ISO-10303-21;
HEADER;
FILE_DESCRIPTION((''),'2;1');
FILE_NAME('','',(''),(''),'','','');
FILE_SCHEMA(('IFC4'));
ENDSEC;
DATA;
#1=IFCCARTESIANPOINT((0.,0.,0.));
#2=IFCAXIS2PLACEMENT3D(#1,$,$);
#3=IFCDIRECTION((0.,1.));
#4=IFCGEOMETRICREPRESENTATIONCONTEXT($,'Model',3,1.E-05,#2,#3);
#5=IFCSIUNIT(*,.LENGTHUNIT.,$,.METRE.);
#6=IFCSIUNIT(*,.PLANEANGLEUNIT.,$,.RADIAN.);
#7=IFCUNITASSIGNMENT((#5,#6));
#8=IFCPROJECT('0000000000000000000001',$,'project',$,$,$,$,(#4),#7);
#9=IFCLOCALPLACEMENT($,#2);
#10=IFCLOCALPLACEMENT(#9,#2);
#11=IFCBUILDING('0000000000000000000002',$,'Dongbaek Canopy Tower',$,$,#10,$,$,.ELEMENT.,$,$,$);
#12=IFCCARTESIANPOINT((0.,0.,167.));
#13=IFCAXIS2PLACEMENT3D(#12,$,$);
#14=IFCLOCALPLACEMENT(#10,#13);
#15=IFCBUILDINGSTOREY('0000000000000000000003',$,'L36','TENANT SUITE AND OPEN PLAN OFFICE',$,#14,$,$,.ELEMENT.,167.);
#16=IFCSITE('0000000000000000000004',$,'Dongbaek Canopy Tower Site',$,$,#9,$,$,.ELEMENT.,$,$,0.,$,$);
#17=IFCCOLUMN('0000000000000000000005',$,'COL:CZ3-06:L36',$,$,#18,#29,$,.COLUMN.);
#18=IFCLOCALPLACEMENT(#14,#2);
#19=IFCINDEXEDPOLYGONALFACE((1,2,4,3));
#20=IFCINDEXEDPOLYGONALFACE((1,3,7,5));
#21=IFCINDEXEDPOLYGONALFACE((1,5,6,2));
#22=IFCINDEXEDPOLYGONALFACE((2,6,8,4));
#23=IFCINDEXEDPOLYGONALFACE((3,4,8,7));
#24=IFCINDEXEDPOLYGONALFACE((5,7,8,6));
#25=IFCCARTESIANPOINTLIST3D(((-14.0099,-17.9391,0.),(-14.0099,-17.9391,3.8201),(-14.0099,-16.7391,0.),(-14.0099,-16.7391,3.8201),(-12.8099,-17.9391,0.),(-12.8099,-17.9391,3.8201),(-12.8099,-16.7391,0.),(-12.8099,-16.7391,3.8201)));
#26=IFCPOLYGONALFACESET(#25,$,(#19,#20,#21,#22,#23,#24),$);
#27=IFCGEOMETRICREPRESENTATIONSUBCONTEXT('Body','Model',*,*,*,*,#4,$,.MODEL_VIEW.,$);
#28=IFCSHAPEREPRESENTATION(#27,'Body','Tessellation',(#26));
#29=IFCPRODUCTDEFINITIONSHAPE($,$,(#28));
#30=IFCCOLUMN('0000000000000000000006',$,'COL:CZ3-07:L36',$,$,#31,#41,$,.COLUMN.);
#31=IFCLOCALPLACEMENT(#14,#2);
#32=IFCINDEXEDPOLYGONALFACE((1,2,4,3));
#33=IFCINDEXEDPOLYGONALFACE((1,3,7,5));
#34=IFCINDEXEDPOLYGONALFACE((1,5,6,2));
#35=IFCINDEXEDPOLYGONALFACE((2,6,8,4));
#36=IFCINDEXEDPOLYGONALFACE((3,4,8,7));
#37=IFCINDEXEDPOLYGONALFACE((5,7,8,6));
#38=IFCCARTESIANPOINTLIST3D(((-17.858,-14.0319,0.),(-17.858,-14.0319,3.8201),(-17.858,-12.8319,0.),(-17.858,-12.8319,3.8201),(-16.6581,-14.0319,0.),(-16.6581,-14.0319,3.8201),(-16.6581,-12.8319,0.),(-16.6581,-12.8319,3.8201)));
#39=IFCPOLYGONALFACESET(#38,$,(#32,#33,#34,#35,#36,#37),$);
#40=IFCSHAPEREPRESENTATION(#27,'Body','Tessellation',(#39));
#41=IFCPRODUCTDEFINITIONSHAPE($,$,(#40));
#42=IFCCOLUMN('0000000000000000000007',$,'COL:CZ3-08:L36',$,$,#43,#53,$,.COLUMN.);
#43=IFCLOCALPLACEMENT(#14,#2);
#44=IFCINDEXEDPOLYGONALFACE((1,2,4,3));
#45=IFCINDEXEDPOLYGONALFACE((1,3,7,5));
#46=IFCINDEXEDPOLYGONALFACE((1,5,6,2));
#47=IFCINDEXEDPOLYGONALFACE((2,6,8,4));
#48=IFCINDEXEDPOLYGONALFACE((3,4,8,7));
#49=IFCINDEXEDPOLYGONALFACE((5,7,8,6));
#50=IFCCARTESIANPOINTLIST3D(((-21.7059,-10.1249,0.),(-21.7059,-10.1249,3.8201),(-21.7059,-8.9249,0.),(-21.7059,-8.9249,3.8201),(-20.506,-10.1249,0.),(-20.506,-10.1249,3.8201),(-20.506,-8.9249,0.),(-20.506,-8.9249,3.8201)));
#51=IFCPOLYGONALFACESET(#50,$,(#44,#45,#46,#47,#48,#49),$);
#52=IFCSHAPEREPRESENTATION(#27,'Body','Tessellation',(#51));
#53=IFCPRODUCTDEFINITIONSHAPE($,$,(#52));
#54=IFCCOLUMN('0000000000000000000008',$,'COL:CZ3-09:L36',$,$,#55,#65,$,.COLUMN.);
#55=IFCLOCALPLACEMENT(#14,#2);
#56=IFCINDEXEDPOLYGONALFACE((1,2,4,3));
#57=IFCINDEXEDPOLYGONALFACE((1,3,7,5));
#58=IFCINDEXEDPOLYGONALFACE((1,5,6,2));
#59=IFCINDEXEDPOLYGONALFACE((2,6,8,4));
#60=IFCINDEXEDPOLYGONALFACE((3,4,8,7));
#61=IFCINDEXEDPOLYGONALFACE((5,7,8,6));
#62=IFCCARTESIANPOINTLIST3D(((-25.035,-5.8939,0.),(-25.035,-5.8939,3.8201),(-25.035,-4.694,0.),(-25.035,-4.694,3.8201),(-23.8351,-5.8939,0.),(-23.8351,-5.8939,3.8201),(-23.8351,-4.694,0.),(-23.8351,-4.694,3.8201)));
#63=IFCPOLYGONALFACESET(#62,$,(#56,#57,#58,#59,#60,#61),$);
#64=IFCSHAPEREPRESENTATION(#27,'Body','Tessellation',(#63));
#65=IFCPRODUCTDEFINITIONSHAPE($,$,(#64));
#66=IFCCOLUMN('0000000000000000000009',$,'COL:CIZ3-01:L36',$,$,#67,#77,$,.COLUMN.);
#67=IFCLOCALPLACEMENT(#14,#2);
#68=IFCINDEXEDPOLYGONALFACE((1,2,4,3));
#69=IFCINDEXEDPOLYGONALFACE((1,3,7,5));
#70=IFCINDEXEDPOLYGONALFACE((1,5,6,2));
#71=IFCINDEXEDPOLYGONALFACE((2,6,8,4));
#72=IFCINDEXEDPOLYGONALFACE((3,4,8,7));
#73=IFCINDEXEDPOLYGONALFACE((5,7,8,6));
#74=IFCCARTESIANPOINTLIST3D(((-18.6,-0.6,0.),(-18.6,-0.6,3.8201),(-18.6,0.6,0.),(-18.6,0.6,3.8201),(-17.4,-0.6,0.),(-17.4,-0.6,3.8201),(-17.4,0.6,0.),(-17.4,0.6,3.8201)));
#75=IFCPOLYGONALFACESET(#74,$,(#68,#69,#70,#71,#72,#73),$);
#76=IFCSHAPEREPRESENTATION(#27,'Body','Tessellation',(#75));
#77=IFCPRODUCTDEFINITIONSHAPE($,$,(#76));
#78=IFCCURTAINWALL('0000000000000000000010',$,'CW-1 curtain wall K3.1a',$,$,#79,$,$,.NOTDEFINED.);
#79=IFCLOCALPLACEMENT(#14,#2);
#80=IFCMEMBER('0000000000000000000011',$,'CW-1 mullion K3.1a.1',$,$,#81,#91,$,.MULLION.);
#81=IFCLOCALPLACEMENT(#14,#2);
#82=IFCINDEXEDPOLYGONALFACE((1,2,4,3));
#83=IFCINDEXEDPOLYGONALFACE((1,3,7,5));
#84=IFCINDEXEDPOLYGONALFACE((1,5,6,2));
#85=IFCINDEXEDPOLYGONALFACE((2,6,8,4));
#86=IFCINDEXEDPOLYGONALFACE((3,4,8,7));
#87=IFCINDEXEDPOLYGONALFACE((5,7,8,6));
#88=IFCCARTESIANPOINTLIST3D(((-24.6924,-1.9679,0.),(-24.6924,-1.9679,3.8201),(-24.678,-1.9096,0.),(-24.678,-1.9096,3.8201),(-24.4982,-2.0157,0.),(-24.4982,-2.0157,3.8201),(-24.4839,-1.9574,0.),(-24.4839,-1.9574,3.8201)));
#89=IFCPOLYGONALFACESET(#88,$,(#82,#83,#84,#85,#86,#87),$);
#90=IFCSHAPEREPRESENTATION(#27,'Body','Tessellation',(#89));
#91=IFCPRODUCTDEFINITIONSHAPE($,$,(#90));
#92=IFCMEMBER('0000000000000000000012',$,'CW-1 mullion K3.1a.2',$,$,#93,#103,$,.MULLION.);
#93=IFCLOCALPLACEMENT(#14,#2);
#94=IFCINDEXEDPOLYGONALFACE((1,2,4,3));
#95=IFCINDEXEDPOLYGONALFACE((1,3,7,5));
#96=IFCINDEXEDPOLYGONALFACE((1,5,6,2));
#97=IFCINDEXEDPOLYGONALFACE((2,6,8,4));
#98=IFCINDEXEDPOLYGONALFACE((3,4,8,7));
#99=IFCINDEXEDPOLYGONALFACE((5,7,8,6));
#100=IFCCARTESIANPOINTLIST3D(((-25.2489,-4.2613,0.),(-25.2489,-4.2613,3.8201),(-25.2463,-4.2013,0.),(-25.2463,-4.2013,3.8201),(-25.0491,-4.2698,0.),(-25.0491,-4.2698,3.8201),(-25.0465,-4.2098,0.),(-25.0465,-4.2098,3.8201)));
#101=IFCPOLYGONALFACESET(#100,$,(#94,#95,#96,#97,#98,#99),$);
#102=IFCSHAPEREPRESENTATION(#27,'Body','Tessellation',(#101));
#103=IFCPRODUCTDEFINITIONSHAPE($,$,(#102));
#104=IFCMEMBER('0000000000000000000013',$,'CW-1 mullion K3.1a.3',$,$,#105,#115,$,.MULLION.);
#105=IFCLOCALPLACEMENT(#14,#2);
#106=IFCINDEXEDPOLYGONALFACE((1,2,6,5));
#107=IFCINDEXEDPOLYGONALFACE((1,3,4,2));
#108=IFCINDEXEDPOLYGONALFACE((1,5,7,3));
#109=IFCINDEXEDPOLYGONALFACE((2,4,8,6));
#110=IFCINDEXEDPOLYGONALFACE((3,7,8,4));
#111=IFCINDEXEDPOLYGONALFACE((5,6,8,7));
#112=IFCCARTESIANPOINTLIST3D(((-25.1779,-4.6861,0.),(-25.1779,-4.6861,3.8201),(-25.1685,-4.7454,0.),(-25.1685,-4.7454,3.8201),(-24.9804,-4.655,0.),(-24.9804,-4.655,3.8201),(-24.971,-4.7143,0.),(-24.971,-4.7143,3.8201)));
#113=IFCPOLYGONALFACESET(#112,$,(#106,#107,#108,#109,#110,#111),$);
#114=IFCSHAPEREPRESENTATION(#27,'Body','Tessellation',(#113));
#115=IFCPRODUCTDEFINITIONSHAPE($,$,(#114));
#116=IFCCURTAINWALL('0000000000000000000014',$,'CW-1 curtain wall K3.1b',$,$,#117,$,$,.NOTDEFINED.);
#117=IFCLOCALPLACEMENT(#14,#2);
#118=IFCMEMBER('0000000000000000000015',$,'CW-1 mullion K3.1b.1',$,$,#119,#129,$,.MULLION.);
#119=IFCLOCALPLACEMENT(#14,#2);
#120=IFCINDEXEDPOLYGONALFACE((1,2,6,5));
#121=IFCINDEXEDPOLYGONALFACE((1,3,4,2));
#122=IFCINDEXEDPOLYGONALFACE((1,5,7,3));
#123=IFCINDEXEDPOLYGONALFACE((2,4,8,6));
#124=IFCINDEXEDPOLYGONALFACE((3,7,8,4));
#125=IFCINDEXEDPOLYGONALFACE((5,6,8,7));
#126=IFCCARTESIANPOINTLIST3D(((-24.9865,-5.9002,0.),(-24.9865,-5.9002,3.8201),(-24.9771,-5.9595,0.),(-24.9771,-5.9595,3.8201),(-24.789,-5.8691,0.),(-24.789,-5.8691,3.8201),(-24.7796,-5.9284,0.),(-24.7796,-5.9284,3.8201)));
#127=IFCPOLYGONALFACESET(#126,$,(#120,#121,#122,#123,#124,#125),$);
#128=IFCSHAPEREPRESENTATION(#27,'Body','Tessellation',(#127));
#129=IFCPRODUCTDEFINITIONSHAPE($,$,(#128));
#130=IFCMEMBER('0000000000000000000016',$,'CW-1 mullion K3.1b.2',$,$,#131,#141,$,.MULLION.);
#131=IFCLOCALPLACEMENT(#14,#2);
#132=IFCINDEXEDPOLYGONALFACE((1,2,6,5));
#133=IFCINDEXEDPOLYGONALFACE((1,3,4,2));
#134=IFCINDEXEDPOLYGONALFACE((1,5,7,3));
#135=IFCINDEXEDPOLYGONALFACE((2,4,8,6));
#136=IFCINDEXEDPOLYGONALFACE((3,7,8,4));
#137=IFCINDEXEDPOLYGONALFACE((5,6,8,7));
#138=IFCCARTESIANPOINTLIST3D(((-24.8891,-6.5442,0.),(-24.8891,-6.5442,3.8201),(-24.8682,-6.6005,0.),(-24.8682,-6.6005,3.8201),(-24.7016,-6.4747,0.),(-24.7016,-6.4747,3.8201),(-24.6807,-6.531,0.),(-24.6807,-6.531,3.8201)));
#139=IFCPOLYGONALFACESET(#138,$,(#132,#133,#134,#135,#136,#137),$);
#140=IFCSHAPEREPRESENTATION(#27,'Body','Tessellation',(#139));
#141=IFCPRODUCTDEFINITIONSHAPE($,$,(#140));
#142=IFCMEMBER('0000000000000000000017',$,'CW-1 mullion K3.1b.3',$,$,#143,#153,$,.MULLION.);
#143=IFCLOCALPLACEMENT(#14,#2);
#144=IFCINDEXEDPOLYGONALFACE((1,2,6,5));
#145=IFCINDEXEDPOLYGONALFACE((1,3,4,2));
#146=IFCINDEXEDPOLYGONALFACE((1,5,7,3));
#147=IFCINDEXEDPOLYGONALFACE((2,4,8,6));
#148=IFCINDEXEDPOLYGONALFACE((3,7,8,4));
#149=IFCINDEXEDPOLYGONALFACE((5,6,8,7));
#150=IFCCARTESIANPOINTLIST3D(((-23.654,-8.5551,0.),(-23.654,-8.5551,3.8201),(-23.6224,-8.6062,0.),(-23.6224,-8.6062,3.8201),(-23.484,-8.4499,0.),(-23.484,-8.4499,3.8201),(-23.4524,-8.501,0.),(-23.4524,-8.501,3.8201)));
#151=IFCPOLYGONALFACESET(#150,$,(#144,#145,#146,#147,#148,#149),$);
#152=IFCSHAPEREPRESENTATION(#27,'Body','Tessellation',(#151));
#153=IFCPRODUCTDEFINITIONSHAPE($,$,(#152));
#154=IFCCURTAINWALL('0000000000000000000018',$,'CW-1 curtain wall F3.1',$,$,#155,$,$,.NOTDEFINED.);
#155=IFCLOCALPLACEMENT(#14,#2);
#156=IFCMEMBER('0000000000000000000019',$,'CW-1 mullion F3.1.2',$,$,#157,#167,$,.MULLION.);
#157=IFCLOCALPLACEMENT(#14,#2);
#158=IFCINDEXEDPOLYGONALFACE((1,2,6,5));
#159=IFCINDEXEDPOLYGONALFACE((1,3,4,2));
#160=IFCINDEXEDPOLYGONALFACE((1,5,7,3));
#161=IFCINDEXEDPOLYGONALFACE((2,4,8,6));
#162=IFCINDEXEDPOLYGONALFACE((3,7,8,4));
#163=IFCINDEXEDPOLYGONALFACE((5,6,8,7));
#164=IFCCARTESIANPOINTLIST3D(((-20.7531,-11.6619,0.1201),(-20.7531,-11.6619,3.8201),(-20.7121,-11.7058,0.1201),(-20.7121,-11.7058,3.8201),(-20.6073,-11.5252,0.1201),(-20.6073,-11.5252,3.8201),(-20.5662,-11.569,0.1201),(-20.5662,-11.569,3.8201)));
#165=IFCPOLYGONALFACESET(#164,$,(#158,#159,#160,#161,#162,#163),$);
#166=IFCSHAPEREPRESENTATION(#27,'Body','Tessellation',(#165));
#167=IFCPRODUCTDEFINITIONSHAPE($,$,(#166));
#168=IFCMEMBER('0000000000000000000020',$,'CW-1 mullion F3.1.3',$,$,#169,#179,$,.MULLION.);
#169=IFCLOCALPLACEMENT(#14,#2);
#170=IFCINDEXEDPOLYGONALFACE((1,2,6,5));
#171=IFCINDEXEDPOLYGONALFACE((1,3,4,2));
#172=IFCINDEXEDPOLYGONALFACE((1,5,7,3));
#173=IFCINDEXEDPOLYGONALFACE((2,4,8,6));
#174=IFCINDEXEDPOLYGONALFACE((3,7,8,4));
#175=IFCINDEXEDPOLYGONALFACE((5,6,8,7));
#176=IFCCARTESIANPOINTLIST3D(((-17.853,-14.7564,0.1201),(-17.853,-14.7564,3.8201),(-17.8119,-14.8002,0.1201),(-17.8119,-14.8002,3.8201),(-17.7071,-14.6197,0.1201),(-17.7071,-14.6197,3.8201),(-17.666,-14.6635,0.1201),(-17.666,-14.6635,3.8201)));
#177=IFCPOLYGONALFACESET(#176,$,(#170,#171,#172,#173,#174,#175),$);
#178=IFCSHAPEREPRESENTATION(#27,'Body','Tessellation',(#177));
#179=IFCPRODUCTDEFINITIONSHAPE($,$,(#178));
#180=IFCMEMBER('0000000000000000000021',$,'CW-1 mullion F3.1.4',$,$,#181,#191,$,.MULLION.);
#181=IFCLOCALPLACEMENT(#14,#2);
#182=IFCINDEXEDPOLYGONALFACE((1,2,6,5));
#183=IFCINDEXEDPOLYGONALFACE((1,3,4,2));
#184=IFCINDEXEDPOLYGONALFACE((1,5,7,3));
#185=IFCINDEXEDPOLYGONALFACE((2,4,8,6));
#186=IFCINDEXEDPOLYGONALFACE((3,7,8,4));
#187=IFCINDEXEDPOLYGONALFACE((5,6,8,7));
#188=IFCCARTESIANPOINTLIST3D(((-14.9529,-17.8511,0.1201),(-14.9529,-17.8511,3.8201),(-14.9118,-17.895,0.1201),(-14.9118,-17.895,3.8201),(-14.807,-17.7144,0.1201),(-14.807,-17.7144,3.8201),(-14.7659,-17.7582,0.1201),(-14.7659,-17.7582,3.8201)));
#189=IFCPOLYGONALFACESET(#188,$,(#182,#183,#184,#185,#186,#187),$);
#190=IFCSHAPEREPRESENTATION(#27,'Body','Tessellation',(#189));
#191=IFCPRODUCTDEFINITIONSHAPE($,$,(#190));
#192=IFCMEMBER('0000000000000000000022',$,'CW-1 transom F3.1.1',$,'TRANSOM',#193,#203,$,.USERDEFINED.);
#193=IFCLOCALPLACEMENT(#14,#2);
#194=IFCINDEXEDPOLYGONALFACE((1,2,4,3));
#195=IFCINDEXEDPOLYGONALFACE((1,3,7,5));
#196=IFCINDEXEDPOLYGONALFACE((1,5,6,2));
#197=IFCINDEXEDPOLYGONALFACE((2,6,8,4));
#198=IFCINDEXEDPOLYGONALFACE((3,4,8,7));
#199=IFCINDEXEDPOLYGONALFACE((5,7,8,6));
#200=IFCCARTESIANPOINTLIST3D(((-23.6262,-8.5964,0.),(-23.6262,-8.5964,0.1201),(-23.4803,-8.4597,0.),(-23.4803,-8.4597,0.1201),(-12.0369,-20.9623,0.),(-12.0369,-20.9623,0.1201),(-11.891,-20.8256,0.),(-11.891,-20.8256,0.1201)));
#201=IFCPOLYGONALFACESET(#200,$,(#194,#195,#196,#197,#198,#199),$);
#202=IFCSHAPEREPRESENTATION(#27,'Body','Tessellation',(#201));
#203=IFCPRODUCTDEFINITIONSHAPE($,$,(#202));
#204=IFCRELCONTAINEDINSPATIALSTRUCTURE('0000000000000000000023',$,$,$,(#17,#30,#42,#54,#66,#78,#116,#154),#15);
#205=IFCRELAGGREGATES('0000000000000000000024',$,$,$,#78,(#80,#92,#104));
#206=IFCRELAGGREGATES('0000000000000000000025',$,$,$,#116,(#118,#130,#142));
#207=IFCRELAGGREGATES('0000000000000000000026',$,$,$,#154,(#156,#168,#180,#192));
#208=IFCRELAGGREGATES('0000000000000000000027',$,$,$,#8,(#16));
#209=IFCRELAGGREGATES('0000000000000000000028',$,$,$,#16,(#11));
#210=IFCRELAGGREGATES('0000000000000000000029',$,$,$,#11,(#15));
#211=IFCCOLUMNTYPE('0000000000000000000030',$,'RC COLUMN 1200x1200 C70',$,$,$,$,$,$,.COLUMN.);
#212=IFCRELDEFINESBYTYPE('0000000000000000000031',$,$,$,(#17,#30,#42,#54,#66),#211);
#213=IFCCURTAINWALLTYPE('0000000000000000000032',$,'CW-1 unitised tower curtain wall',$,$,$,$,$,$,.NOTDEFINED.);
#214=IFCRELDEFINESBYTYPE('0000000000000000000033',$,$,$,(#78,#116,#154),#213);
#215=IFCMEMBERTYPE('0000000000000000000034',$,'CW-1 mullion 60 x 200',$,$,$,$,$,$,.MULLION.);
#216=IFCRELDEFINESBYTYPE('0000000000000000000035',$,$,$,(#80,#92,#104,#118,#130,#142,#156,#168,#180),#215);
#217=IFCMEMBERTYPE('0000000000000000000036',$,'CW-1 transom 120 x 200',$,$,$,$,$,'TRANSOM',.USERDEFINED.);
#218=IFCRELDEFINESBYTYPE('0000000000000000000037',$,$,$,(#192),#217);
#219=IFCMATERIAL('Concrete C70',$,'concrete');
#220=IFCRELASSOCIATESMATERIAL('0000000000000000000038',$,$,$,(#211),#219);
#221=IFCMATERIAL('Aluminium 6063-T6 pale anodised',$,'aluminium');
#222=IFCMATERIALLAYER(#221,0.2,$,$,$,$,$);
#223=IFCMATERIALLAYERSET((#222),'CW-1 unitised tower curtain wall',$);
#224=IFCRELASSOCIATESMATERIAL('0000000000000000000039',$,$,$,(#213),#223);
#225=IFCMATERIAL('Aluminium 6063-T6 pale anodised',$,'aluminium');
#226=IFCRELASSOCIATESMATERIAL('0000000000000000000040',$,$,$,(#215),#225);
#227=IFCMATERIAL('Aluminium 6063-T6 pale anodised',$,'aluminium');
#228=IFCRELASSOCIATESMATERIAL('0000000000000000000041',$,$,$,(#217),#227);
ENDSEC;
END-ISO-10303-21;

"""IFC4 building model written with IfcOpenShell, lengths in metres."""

from ifc_helpers import new_model, si_unit, direction, frame, origin, origin_2d, place, context, subcontext, project, spatial, rectangle, extrude, material, layer, layer_set, material_profile, profile_set, type_object, element, aggregate, save


model = new_model("IFC4")

# Units and contexts
model_context = context("Model", 3, precision=1e-05, world=origin(), true_north=direction((0.0, 1.0)))
body_context = subcontext(model_context, "Body", "Model", "MODEL_VIEW")
ifc_project = project(units=[si_unit("LENGTHUNIT", "METRE"), si_unit("PLANEANGLEUNIT", "RADIAN")], contexts=[model_context])

# Site, building, storey
site_placement = place(None, origin())
site = spatial("IfcSite", under=ifc_project, at=site_placement, Name="Dongbaek Canopy Tower Site", CompositionType="ELEMENT", RefElevation=0.0)
building_placement = place(site_placement, origin())
building = spatial("IfcBuilding", under=site, at=building_placement, Name="Dongbaek Canopy Tower", CompositionType="ELEMENT")
storey_placement = place(building_placement, frame((0.0, 0.0, 167.0)))
storey = spatial("IfcBuildingStorey", under=building, at=storey_placement, Name="L36", Description="TENANT SUITE AND OPEN PLAN OFFICE", CompositionType="ELEMENT", Elevation=167.0)

# Columns
ifc_material_1 = material(Name="Concrete C70", Category="concrete")
ifc_material_profile_1 = material_profile(ifc_material_1, rectangle(XDim=1.2, YDim=1.2, at=origin_2d()), Name="RC COLUMN 1200x1200 C70")
ifc_profile_set_1 = profile_set([ifc_material_profile_1], Name="Concrete C70")
column_type = type_object("IfcColumnType", Name="RC COLUMN 1200x1200 C70", PredefinedType="COLUMN", material=ifc_profile_set_1)
for number, where, z_axis, x_axis, name in (
    (1, (-13.4099, -17.3391, 0.0), (0.0, 0.0, 1.0), (1.0, 0.0, 0.0), "COL:CZ3-06:L36"),
    (2, (-17.2581, -13.4319, 0.0), (0.0, 0.0, 1.0), (1.0, 0.0, 0.0), "COL:CZ3-07:L36"),
    (3, (-21.106, -9.5249, 0.0), (0.0, 0.0, 1.0), (1.0, 0.0, 0.0), "COL:CZ3-08:L36"),
    (4, (-24.4351, -5.2939, 0.0), (0.0, 0.0, 1.0), (1.0, 0.0, 0.0), "COL:CZ3-09:L36"),
    (5, (-18.0, 0.0, 0.0), (0.0, 0.0, 1.0), (1.0, 0.0, 0.0), "COL:CIZ3-01:L36"),
):
    element("IfcColumn", number, at=place(storey_placement, frame(where, z_axis=z_axis, x_axis=x_axis)), inside=storey, type_object=column_type, Name=name, PredefinedType="COLUMN", context=body_context, shape_type="SweptSolid", body=[
        extrude(rectangle(XDim=1.2, YDim=1.2, at=origin_2d()), origin(), (0.0, 0.0, 1.0), 3.8201),
    ])

# Curtain walls, members
ifc_material_2 = material(Name="Aluminium 6063-T6 pale anodised", Category="aluminium")
ifc_layer_1 = layer(ifc_material_2, 0.2)
ifc_layer_set_1 = layer_set([ifc_layer_1], Name="CW-1 unitised tower curtain wall")
curtain_wall_type = type_object("IfcCurtainWallType", Name="CW-1 unitised tower curtain wall", PredefinedType="NOTDEFINED", material=ifc_layer_set_1)
curtain_wall_1_placement = place(storey_placement, origin())
curtain_wall_1 = element("IfcCurtainWall", 6, at=curtain_wall_1_placement, inside=storey, type_object=curtain_wall_type, Name="CW-1 curtain wall K3.1a", PredefinedType="NOTDEFINED")
ifc_material_3 = material(Name="Aluminium 6063-T6 pale anodised", Category="aluminium")
ifc_material_profile_2 = material_profile(ifc_material_3, rectangle(XDim=0.2, YDim=0.0601, at=origin_2d()), Name="CW-1 mullion 60 x 200")
ifc_profile_set_2 = profile_set([ifc_material_profile_2], Name="Aluminium 6063-T6 pale anodised")
member_type_1 = type_object("IfcMemberType", Name="CW-1 mullion 60 x 200", PredefinedType="MULLION", material=ifc_profile_set_2)
member_1_placement = place(storey_placement, frame((-24.5881, -1.9626, 0.0), z_axis=(0.0, 0.0, 1.0), x_axis=(-0.971001, 0.239077, 0.0)))
member_1 = element("IfcMember", 7, at=member_1_placement, type_object=member_type_1, Name="CW-1 mullion K3.1a.1", PredefinedType="MULLION", context=body_context, shape_type="SweptSolid", body=[
    extrude(rectangle(XDim=0.2, YDim=0.0601, at=origin_2d()), origin(), (0.0, 0.0, 1.0), 3.8201),
])
member_2_placement = place(storey_placement, frame((-25.1477, -4.2356, 0.0), z_axis=(0.0, 0.0, 1.0), x_axis=(-0.999096, 0.042522, 0.0)))
member_2 = element("IfcMember", 8, at=member_2_placement, type_object=member_type_1, Name="CW-1 mullion K3.1a.2", PredefinedType="MULLION", context=body_context, shape_type="SweptSolid", body=[
    extrude(rectangle(XDim=0.2, YDim=0.0601, at=origin_2d()), origin(), (0.0, 0.0, 1.0), 3.8201),
])
member_3_placement = place(storey_placement, frame((-25.0745, -4.7002, 0.0), z_axis=(0.0, 0.0, 1.0), x_axis=(-0.987803, -0.15571, 0.0)))
member_3 = element("IfcMember", 9, at=member_3_placement, type_object=member_type_1, Name="CW-1 mullion K3.1a.3", PredefinedType="MULLION", context=body_context, shape_type="SweptSolid", body=[
    extrude(rectangle(XDim=0.2, YDim=0.0601, at=origin_2d()), origin(), (0.0, 0.0, 1.0), 3.8201),
])
curtain_wall_2_placement = place(storey_placement, origin())
curtain_wall_2 = element("IfcCurtainWall", 10, at=curtain_wall_2_placement, inside=storey, type_object=curtain_wall_type, Name="CW-1 curtain wall K3.1b", PredefinedType="NOTDEFINED")
member_4_placement = place(storey_placement, frame((-24.8831, -5.9143, 0.0), z_axis=(0.0, 0.0, 1.0), x_axis=(-0.987803, -0.15571, 0.0)))
member_4 = element("IfcMember", 11, at=member_4_placement, type_object=member_type_1, Name="CW-1 mullion K3.1b.1", PredefinedType="MULLION", context=body_context, shape_type="SweptSolid", body=[
    extrude(rectangle(XDim=0.2, YDim=0.0601, at=origin_2d()), origin(), (0.0, 0.0, 1.0), 3.8201),
])
member_5_placement = place(storey_placement, frame((-24.7849, -6.5376, 0.0), z_axis=(0.0, 0.0, 1.0), x_axis=(-0.937568, -0.347803, 0.0)))
member_5 = element("IfcMember", 12, at=member_5_placement, type_object=member_type_1, Name="CW-1 mullion K3.1b.2", PredefinedType="MULLION", context=body_context, shape_type="SweptSolid", body=[
    extrude(rectangle(XDim=0.2, YDim=0.0601, at=origin_2d()), origin(), (0.0, 0.0, 1.0), 3.8201),
])
member_6_placement = place(storey_placement, frame((-23.5532, -8.5281, 0.0), z_axis=(0.0, 0.0, 1.0), x_axis=(-0.85037, -0.526184, 0.0)))
member_6 = element("IfcMember", 13, at=member_6_placement, type_object=member_type_1, Name="CW-1 mullion K3.1b.3", PredefinedType="MULLION", context=body_context, shape_type="SweptSolid", body=[
    extrude(rectangle(XDim=0.2, YDim=0.0601, at=origin_2d()), origin(), (0.0, 0.0, 1.0), 3.8201),
])
curtain_wall_3_placement = place(storey_placement, origin())
curtain_wall_3 = element("IfcCurtainWall", 14, at=curtain_wall_3_placement, inside=storey, type_object=curtain_wall_type, Name="CW-1 curtain wall F3.1", PredefinedType="NOTDEFINED")
member_7_placement = place(storey_placement, frame((-20.6597, -11.6155, 0.1201), z_axis=(0.0, 0.0, 1.0), x_axis=(-0.729649, -0.683822, 0.0)))
member_7 = element("IfcMember", 15, at=member_7_placement, type_object=member_type_1, Name="CW-1 mullion F3.1.2", PredefinedType="MULLION", context=body_context, shape_type="SweptSolid", body=[
    extrude(rectangle(XDim=0.2, YDim=0.0601, at=origin_2d()), origin(), (0.0, 0.0, 1.0), 3.7),
])
member_8_placement = place(storey_placement, frame((-17.7595, -14.71, 0.1201), z_axis=(0.0, 0.0, 1.0), x_axis=(-0.729649, -0.683822, 0.0)))
member_8 = element("IfcMember", 16, at=member_8_placement, type_object=member_type_1, Name="CW-1 mullion F3.1.3", PredefinedType="MULLION", context=body_context, shape_type="SweptSolid", body=[
    extrude(rectangle(XDim=0.2, YDim=0.0601, at=origin_2d()), origin(), (0.0, 0.0, 1.0), 3.7),
])
member_9_placement = place(storey_placement, frame((-14.8594, -17.8047, 0.1201), z_axis=(0.0, 0.0, 1.0), x_axis=(-0.729649, -0.683822, 0.0)))
member_9 = element("IfcMember", 17, at=member_9_placement, type_object=member_type_1, Name="CW-1 mullion F3.1.4", PredefinedType="MULLION", context=body_context, shape_type="SweptSolid", body=[
    extrude(rectangle(XDim=0.2, YDim=0.0601, at=origin_2d()), origin(), (0.0, 0.0, 1.0), 3.7),
])
ifc_material_4 = material(Name="Aluminium 6063-T6 pale anodised", Category="aluminium")
ifc_material_profile_3 = material_profile(ifc_material_4, rectangle(XDim=0.2, YDim=0.1201, at=origin_2d()), Name="CW-1 transom 120 x 200")
ifc_profile_set_3 = profile_set([ifc_material_profile_3], Name="Aluminium 6063-T6 pale anodised")
member_type_2 = type_object("IfcMemberType", Name="CW-1 transom 120 x 200", ElementType="TRANSOM", PredefinedType="USERDEFINED", material=ifc_profile_set_3)
member_10_placement = place(storey_placement, frame((-23.5532, -8.5281, 0.0601), z_axis=(0.683824, -0.729647, 0.0), x_axis=(0.729647, 0.683824, 0.0)))
member_10 = element("IfcMember", 18, at=member_10_placement, type_object=member_type_2, Name="CW-1 transom F3.1.1", ObjectType="TRANSOM", PredefinedType="USERDEFINED", context=body_context, shape_type="SweptSolid", body=[
    extrude(rectangle(XDim=0.2, YDim=0.1201, at=origin_2d()), origin(), (0.0, 0.0, 1.0), 16.9478),
])

aggregate(curtain_wall_1, [member_1, member_2, member_3])
aggregate(curtain_wall_2, [member_4, member_5, member_6])

aggregate(curtain_wall_3, [member_7, member_8, member_9, member_10])

save(model, "model.ifc")
